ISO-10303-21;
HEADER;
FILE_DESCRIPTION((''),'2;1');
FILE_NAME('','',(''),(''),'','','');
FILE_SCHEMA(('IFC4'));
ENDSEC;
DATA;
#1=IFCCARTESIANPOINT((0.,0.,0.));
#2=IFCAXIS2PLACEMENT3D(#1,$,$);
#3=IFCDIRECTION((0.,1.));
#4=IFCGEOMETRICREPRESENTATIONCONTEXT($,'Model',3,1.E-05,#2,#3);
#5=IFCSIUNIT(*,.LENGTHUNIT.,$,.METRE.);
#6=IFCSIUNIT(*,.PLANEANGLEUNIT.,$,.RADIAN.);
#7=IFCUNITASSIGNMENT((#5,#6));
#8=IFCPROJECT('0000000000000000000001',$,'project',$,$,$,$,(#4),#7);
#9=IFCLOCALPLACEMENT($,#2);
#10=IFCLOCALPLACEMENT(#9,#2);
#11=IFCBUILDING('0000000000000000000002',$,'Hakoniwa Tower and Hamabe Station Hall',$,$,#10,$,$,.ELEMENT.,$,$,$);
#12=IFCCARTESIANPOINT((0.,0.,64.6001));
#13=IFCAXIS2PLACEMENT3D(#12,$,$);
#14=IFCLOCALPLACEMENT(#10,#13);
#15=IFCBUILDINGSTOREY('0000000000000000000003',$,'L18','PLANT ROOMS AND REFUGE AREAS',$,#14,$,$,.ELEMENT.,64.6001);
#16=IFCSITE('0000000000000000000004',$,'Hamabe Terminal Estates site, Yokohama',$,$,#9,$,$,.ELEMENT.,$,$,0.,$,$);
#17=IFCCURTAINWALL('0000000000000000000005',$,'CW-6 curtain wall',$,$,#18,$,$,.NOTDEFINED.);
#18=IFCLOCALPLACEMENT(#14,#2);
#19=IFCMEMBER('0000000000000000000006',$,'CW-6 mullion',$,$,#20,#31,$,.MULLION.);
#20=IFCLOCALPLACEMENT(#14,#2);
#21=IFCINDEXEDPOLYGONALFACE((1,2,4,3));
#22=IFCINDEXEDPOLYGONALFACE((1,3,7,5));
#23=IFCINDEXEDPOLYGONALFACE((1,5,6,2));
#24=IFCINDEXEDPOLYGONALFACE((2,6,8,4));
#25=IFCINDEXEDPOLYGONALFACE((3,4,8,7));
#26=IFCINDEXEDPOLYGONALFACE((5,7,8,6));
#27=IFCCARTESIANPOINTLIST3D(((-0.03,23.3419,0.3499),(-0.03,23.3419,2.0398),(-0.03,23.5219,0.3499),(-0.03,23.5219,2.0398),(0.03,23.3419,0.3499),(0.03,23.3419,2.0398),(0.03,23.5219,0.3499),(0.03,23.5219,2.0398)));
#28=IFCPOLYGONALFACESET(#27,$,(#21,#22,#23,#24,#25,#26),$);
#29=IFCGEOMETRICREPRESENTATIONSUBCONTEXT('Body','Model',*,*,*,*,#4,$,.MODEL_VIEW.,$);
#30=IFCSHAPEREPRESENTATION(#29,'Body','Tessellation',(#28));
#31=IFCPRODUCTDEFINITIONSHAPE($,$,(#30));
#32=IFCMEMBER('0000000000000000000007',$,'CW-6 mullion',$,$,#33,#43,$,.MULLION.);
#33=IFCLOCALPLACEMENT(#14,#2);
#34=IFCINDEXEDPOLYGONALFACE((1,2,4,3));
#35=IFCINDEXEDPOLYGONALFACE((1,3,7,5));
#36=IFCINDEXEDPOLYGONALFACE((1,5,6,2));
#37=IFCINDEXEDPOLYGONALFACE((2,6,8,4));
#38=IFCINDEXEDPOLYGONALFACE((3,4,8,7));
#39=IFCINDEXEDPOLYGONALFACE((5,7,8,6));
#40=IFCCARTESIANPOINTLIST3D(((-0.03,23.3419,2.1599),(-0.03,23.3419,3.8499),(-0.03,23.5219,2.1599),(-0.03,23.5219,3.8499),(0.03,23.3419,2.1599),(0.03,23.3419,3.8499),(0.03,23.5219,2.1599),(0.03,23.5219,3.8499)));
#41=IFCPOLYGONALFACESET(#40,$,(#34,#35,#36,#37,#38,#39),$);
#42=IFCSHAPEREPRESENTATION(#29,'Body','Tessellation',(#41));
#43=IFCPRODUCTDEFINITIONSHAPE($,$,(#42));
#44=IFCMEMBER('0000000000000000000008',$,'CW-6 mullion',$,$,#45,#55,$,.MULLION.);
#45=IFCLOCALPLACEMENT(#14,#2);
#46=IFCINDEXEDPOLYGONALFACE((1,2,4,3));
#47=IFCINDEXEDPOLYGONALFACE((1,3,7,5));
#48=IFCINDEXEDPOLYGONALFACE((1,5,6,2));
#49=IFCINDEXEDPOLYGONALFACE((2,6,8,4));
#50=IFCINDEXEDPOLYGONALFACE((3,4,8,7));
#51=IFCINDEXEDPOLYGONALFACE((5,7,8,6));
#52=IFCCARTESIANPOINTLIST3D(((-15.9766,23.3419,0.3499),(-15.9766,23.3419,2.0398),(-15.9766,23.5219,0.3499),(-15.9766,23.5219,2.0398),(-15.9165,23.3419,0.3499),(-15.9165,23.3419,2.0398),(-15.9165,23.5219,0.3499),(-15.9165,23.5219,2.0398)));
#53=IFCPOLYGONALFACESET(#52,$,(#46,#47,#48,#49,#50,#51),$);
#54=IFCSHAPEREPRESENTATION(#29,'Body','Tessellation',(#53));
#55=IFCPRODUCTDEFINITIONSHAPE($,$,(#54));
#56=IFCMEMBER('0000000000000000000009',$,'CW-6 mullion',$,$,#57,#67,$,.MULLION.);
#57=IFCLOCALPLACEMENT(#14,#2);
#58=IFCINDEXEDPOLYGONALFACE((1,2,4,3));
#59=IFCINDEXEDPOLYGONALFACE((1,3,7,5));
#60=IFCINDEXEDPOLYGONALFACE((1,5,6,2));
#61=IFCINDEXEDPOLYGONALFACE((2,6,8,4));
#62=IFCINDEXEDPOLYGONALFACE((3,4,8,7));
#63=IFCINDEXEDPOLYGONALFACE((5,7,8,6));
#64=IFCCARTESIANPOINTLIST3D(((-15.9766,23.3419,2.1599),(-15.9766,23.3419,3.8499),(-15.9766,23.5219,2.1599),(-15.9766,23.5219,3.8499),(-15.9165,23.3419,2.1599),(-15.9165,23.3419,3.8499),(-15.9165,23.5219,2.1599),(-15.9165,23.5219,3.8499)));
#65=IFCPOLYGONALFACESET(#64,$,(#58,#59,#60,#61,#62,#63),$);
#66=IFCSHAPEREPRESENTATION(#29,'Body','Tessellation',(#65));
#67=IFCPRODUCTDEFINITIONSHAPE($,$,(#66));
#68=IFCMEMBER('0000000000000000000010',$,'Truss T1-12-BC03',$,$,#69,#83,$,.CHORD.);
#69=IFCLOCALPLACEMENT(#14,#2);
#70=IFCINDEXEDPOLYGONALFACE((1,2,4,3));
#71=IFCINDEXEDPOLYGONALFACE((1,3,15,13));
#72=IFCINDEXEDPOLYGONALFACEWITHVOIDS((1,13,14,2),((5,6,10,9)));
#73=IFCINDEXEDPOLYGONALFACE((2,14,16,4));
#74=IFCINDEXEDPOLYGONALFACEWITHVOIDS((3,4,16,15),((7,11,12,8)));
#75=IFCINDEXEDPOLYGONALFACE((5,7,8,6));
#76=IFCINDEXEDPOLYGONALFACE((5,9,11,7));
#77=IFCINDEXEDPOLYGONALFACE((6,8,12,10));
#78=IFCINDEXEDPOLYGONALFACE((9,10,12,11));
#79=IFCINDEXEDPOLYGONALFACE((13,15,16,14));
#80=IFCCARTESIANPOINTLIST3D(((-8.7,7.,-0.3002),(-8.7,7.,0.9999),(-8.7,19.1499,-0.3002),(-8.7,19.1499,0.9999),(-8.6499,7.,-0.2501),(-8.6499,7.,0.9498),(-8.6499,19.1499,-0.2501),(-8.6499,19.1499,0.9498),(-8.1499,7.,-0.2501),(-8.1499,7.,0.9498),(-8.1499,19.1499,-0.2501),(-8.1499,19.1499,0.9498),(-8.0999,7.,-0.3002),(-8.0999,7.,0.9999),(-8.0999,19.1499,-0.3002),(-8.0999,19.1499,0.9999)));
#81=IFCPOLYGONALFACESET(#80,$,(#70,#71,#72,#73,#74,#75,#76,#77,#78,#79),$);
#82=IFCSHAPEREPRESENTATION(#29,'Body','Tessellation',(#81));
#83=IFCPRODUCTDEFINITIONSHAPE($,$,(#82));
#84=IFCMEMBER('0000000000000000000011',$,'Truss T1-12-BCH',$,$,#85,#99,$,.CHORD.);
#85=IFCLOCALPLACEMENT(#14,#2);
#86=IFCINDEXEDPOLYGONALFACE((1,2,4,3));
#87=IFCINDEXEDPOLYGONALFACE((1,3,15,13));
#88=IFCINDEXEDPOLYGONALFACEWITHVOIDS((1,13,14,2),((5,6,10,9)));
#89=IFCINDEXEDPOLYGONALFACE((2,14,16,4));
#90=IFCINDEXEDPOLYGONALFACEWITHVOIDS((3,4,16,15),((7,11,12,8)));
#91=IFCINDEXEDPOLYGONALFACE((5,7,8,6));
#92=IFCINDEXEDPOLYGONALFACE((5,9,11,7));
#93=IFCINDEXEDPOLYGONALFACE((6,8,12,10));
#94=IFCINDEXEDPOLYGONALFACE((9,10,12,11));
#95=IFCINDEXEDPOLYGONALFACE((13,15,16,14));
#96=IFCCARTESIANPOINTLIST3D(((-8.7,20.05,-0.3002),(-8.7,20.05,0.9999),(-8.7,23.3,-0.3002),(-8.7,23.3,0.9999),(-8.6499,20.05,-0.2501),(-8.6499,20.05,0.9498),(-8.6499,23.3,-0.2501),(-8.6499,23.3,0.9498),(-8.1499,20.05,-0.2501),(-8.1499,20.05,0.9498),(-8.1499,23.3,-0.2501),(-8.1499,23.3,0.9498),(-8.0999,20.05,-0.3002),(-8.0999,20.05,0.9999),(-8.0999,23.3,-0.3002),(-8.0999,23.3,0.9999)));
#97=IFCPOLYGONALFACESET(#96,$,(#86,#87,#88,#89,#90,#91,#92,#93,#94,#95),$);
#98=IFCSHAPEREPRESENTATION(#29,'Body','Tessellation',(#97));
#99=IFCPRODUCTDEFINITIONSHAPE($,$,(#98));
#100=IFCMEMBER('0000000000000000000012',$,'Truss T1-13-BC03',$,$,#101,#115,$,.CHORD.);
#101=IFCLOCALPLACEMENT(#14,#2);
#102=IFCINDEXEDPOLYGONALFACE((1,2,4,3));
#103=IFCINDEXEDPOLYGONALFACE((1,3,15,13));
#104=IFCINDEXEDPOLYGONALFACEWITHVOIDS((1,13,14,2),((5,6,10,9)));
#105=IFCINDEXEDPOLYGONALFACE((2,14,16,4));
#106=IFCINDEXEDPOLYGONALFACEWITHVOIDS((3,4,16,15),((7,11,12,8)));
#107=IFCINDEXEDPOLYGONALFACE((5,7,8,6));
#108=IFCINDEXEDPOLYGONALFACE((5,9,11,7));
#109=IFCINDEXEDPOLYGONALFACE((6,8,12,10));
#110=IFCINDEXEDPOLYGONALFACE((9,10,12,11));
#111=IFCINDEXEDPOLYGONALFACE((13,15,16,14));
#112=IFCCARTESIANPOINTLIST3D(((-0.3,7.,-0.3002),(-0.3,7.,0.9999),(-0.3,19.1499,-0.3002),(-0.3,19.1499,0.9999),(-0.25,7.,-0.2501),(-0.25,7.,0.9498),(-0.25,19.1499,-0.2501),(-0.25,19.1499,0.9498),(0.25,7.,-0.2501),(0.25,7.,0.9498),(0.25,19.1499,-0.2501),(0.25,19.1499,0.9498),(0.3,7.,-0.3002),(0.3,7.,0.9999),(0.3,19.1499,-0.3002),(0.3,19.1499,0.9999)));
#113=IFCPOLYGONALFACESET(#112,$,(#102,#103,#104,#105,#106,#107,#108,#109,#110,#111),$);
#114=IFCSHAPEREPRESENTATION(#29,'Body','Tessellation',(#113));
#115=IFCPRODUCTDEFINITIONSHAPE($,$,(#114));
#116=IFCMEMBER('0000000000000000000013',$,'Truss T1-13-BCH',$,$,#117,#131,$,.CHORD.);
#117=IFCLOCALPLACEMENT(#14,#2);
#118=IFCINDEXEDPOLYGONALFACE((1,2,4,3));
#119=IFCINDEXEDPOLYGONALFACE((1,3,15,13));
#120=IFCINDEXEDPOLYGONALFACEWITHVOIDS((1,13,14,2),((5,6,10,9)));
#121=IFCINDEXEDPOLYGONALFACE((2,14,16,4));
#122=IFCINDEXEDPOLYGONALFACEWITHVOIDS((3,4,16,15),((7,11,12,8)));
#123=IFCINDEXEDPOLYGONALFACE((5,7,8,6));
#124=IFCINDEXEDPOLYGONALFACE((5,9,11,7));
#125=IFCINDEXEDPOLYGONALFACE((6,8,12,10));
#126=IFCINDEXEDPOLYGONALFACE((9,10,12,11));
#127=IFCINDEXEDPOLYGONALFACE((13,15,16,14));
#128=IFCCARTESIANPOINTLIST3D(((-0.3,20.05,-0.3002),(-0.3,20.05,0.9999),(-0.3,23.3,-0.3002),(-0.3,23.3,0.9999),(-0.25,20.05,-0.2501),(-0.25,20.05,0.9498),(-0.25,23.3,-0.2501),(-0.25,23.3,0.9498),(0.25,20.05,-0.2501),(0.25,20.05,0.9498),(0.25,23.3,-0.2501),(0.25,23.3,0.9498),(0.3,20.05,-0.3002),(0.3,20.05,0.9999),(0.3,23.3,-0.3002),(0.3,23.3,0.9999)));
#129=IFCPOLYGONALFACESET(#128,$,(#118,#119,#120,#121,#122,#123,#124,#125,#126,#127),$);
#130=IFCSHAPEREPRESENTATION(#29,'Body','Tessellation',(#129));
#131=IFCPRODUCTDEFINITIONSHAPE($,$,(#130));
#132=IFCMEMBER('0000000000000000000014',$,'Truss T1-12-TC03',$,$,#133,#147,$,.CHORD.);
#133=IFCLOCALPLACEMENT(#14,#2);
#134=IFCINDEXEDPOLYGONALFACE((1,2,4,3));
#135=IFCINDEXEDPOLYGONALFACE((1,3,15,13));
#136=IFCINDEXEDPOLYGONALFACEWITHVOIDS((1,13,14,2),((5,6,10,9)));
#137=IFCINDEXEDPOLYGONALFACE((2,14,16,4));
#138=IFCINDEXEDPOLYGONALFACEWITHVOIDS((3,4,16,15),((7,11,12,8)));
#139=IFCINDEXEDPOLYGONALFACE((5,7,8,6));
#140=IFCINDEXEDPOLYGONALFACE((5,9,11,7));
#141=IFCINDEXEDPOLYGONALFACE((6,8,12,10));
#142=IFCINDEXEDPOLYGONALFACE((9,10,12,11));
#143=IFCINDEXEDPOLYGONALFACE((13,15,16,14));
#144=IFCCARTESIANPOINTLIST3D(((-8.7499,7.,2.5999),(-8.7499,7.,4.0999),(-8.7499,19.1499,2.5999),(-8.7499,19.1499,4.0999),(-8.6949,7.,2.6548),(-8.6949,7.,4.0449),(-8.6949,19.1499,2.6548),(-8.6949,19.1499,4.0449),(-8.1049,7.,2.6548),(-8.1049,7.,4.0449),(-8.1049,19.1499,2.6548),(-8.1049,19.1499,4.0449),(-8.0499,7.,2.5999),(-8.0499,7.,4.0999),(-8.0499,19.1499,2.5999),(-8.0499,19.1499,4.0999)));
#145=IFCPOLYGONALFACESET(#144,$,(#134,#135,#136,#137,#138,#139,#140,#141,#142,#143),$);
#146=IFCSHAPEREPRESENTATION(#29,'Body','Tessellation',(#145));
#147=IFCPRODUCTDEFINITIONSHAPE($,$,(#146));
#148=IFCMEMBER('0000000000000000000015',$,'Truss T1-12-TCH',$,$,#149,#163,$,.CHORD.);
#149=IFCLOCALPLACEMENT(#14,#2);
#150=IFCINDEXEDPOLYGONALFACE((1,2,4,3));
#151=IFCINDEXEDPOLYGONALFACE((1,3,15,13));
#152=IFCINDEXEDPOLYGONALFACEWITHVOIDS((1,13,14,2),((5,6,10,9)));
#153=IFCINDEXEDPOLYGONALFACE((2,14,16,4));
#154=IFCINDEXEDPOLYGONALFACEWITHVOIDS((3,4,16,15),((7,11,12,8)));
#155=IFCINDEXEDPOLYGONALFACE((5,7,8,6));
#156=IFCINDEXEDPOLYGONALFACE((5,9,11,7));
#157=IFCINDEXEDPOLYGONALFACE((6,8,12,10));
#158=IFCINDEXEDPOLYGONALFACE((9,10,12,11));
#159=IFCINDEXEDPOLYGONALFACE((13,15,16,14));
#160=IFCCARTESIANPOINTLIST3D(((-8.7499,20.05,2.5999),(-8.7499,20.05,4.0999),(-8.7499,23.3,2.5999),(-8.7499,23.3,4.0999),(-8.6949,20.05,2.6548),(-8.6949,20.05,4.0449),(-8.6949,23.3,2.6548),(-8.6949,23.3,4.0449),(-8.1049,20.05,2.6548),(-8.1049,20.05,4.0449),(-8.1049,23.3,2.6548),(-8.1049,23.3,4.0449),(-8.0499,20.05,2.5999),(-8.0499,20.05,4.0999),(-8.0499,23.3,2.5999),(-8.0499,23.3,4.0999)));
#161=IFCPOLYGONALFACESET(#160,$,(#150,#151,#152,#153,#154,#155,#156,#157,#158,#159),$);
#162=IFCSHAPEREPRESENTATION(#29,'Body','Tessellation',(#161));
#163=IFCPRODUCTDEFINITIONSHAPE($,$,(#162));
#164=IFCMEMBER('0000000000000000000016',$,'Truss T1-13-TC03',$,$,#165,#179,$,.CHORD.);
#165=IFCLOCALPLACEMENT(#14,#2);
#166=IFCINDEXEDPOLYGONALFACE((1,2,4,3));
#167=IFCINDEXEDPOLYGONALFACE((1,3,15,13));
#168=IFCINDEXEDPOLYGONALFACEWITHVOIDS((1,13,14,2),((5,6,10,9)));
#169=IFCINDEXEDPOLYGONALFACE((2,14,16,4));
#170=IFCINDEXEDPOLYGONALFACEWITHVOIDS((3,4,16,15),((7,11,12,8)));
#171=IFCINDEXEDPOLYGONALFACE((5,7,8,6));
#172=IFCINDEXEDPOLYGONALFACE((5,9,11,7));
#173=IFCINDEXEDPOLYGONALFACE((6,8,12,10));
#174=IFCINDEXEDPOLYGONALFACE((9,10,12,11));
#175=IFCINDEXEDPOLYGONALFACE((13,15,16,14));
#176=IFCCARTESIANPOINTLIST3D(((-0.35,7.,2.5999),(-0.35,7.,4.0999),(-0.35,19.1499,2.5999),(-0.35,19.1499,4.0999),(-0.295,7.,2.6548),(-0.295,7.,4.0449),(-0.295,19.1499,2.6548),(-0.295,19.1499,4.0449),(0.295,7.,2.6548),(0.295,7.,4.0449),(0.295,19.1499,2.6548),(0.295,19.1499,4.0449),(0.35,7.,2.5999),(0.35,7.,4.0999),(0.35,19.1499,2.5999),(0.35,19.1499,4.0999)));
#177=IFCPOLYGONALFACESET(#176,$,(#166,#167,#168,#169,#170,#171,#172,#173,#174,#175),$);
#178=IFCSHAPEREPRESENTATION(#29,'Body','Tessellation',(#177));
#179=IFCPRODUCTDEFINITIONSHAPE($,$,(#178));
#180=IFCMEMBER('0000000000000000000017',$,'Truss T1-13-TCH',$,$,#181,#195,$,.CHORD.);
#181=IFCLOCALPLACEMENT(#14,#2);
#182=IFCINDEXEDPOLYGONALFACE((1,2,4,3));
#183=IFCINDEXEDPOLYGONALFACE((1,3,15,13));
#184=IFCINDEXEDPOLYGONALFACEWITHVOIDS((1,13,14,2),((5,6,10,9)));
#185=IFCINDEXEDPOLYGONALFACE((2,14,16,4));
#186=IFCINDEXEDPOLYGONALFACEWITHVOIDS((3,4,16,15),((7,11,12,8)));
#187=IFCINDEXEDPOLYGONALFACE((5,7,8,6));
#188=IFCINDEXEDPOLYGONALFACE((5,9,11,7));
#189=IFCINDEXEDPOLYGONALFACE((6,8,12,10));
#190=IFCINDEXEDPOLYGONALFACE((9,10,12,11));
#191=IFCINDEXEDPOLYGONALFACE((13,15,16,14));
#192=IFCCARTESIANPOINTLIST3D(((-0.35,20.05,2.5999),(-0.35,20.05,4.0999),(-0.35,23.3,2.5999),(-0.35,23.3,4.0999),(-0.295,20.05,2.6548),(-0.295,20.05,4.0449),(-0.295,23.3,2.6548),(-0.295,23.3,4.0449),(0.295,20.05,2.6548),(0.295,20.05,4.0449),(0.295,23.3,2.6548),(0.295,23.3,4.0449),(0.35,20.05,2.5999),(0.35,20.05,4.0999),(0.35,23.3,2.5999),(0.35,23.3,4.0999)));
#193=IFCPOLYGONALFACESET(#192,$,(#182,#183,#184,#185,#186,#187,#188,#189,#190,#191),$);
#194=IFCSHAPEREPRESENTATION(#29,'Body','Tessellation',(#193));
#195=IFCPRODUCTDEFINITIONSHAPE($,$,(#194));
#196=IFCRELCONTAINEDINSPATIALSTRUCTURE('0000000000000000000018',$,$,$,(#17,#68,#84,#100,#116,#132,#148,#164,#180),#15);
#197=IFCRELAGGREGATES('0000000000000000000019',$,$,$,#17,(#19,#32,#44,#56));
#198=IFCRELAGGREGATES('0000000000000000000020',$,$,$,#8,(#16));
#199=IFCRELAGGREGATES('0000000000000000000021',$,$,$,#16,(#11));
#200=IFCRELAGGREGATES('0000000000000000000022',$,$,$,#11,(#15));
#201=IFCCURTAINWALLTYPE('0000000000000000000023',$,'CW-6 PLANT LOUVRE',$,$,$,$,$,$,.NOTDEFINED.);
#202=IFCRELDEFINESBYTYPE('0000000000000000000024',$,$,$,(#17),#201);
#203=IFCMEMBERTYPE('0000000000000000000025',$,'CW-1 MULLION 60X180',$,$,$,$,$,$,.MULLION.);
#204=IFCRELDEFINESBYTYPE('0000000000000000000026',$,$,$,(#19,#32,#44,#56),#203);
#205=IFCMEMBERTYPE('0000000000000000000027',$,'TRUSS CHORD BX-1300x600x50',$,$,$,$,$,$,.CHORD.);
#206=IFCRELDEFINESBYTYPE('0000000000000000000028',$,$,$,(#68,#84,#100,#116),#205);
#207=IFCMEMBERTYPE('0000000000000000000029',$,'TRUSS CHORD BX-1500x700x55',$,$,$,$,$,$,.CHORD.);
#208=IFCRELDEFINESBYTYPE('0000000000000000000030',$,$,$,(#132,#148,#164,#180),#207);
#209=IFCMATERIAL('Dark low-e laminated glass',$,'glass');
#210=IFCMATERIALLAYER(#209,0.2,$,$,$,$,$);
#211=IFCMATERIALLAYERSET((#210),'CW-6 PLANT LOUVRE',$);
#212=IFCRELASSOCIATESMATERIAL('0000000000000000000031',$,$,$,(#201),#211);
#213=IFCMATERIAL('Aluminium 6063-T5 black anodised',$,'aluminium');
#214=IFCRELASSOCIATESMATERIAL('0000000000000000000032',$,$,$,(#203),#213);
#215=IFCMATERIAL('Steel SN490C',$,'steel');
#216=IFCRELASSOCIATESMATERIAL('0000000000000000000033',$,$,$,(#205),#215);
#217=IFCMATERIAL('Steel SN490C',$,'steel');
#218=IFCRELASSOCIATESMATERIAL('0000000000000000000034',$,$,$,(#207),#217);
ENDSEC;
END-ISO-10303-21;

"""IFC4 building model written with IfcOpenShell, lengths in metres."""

from ifc_helpers import new_model, si_unit, direction, frame, origin, origin_2d, place, context, subcontext, project, spatial, rectangle, hollow_rectangle, extrude, material, layer, layer_set, material_profile, profile_set, type_object, element, aggregate, save


model = new_model("IFC4")

# Units and contexts
model_context = context("Model", 3, precision=1e-05, world=origin(), true_north=direction((0.0, 1.0)))
body_context = subcontext(model_context, "Body", "Model", "MODEL_VIEW")
ifc_project = project(units=[si_unit("LENGTHUNIT", "METRE"), si_unit("PLANEANGLEUNIT", "RADIAN")], contexts=[model_context])

# Site, building, storey
site_placement = place(None, origin())
site = spatial("IfcSite", under=ifc_project, at=site_placement, Name="Hamabe Terminal Estates site, Yokohama", CompositionType="ELEMENT", RefElevation=0.0)
building_placement = place(site_placement, origin())
building = spatial("IfcBuilding", under=site, at=building_placement, Name="Hakoniwa Tower and Hamabe Station Hall", CompositionType="ELEMENT")
storey_placement = place(building_placement, frame((0.0, 0.0, 64.6001)))
storey = spatial("IfcBuildingStorey", under=building, at=storey_placement, Name="L18", Description="PLANT ROOMS AND REFUGE AREAS", CompositionType="ELEMENT", Elevation=64.6001)

# Curtain wall, members
ifc_material_1 = material(Name="Dark low-e laminated glass", Category="glass")
ifc_layer_1 = layer(ifc_material_1, 0.2)
ifc_layer_set_1 = layer_set([ifc_layer_1], Name="CW-6 PLANT LOUVRE")
curtain_wall_type = type_object("IfcCurtainWallType", Name="CW-6 PLANT LOUVRE", PredefinedType="NOTDEFINED", material=ifc_layer_set_1)
curtain_wall_placement = place(storey_placement, origin())
curtain_wall = element("IfcCurtainWall", 1, at=curtain_wall_placement, inside=storey, type_object=curtain_wall_type, Name="CW-6 curtain wall", PredefinedType="NOTDEFINED")
ifc_material_2 = material(Name="Aluminium 6063-T5 black anodised", Category="aluminium")
ifc_material_profile_1 = material_profile(ifc_material_2, rectangle(XDim=0.0601, YDim=0.1799, at=origin_2d()), Name="CW-1 MULLION 60X180")
ifc_profile_set_1 = profile_set([ifc_material_profile_1], Name="Aluminium 6063-T5 black anodised")
member_type_1 = type_object("IfcMemberType", Name="CW-1 MULLION 60X180", PredefinedType="MULLION", material=ifc_profile_set_1)
member_1_placement = place(storey_placement, frame((0.0, 23.4319, 0.3499), z_axis=(0.0, 0.0, 1.0), x_axis=(-1.0, 0.0, 0.0)))
member_1 = element("IfcMember", 2, at=member_1_placement, type_object=member_type_1, Name="CW-6 mullion", PredefinedType="MULLION", context=body_context, shape_type="SweptSolid", body=[
    extrude(rectangle(XDim=0.0601, YDim=0.1799, at=origin_2d()), origin(), (0.0, 0.0, 1.0), 1.6899),
])
member_2_placement = place(storey_placement, frame((0.0, 23.4319, 2.1599), z_axis=(0.0, 0.0, 1.0), x_axis=(-1.0, 0.0, 0.0)))
member_2 = element("IfcMember", 3, at=member_2_placement, type_object=member_type_1, Name="CW-6 mullion", PredefinedType="MULLION", context=body_context, shape_type="SweptSolid", body=[
    extrude(rectangle(XDim=0.0601, YDim=0.1799, at=origin_2d()), origin(), (0.0, 0.0, 1.0), 1.6899),
])
member_3_placement = place(storey_placement, frame((-15.9465, 23.4319, 0.3499), z_axis=(0.0, 0.0, 1.0), x_axis=(-1.0, 0.0, 0.0)))
member_3 = element("IfcMember", 4, at=member_3_placement, type_object=member_type_1, Name="CW-6 mullion", PredefinedType="MULLION", context=body_context, shape_type="SweptSolid", body=[
    extrude(rectangle(XDim=0.0601, YDim=0.1799, at=origin_2d()), origin(), (0.0, 0.0, 1.0), 1.6899),
])
member_4_placement = place(storey_placement, frame((-15.9465, 23.4319, 2.1599), z_axis=(0.0, 0.0, 1.0), x_axis=(-1.0, 0.0, 0.0)))
member_4 = element("IfcMember", 5, at=member_4_placement, type_object=member_type_1, Name="CW-6 mullion", PredefinedType="MULLION", context=body_context, shape_type="SweptSolid", body=[
    extrude(rectangle(XDim=0.0601, YDim=0.1799, at=origin_2d()), origin(), (0.0, 0.0, 1.0), 1.6899),
])

# Members
ifc_material_3 = material(Name="Steel SN490C", Category="steel")
ifc_material_profile_2 = material_profile(ifc_material_3, hollow_rectangle(XDim=0.6001, YDim=1.3, WallThickness=0.05, at=origin_2d()), Name="BX-1300x600x50")
ifc_profile_set_2 = profile_set([ifc_material_profile_2], Name="Steel SN490C")
member_type_2 = type_object("IfcMemberType", Name="TRUSS CHORD BX-1300x600x50", PredefinedType="CHORD", material=ifc_profile_set_2)
member_5_placement = place(storey_placement, frame((-8.3999, 7.0, 0.3499), z_axis=(0.0, 1.0, 0.0), x_axis=(-1.0, 0.0, 0.0)))
element("IfcMember", 6, at=member_5_placement, inside=storey, type_object=member_type_2, Name="Truss T1-12-BC03", PredefinedType="CHORD", context=body_context, shape_type="SweptSolid", body=[
    extrude(hollow_rectangle(XDim=0.6001, YDim=1.3, WallThickness=0.05, at=origin_2d()), origin(), (0.0, 0.0, 1.0), 12.1499),
])
member_6_placement = place(storey_placement, frame((-8.3999, 20.05, 0.3499), z_axis=(0.0, 1.0, 0.0), x_axis=(-1.0, 0.0, 0.0)))
element("IfcMember", 7, at=member_6_placement, inside=storey, type_object=member_type_2, Name="Truss T1-12-BCH", PredefinedType="CHORD", context=body_context, shape_type="SweptSolid", body=[
    extrude(hollow_rectangle(XDim=0.6001, YDim=1.3, WallThickness=0.05, at=origin_2d()), origin(), (0.0, 0.0, 1.0), 3.25),
])
member_7_placement = place(storey_placement, frame((0.0, 7.0, 0.3499), z_axis=(0.0, 1.0, 0.0), x_axis=(-1.0, 0.0, 0.0)))
element("IfcMember", 8, at=member_7_placement, inside=storey, type_object=member_type_2, Name="Truss T1-13-BC03", PredefinedType="CHORD", context=body_context, shape_type="SweptSolid", body=[
    extrude(hollow_rectangle(XDim=0.6001, YDim=1.3, WallThickness=0.05, at=origin_2d()), origin(), (0.0, 0.0, 1.0), 12.1499),
])
member_8_placement = place(storey_placement, frame((0.0, 20.05, 0.3499), z_axis=(0.0, 1.0, 0.0), x_axis=(-1.0, 0.0, 0.0)))
element("IfcMember", 9, at=member_8_placement, inside=storey, type_object=member_type_2, Name="Truss T1-13-BCH", PredefinedType="CHORD", context=body_context, shape_type="SweptSolid", body=[
    extrude(hollow_rectangle(XDim=0.6001, YDim=1.3, WallThickness=0.05, at=origin_2d()), origin(), (0.0, 0.0, 1.0), 3.25),
])
ifc_material_4 = material(Name="Steel SN490C", Category="steel")
ifc_material_profile_3 = material_profile(ifc_material_4, hollow_rectangle(XDim=0.7, YDim=1.5, WallThickness=0.0549, at=origin_2d()), Name="BX-1500x700x55")
ifc_profile_set_3 = profile_set([ifc_material_profile_3], Name="Steel SN490C")
member_type_3 = type_object("IfcMemberType", Name="TRUSS CHORD BX-1500x700x55", PredefinedType="CHORD", material=ifc_profile_set_3)
member_9_placement = place(storey_placement, frame((-8.3999, 7.0, 3.3499), z_axis=(0.0, 1.0, 0.0), x_axis=(-1.0, 0.0, 0.0)))
element("IfcMember", 10, at=member_9_placement, inside=storey, type_object=member_type_3, Name="Truss T1-12-TC03", PredefinedType="CHORD", context=body_context, shape_type="SweptSolid", body=[
    extrude(hollow_rectangle(XDim=0.7, YDim=1.5, WallThickness=0.0549, at=origin_2d()), origin(), (0.0, 0.0, 1.0), 12.1499),
])
member_10_placement = place(storey_placement, frame((-8.3999, 20.05, 3.3499), z_axis=(0.0, 1.0, 0.0), x_axis=(-1.0, 0.0, 0.0)))
element("IfcMember", 11, at=member_10_placement, inside=storey, type_object=member_type_3, Name="Truss T1-12-TCH", PredefinedType="CHORD", context=body_context, shape_type="SweptSolid", body=[
    extrude(hollow_rectangle(XDim=0.7, YDim=1.5, WallThickness=0.0549, at=origin_2d()), origin(), (0.0, 0.0, 1.0), 3.25),
])
member_11_placement = place(storey_placement, frame((0.0, 7.0, 3.3499), z_axis=(0.0, 1.0, 0.0), x_axis=(-1.0, 0.0, 0.0)))
element("IfcMember", 12, at=member_11_placement, inside=storey, type_object=member_type_3, Name="Truss T1-13-TC03", PredefinedType="CHORD", context=body_context, shape_type="SweptSolid", body=[
    extrude(hollow_rectangle(XDim=0.7, YDim=1.5, WallThickness=0.0549, at=origin_2d()), origin(), (0.0, 0.0, 1.0), 12.1499),
])
member_12_placement = place(storey_placement, frame((0.0, 20.05, 3.3499), z_axis=(0.0, 1.0, 0.0), x_axis=(-1.0, 0.0, 0.0)))
element("IfcMember", 13, at=member_12_placement, inside=storey, type_object=member_type_3, Name="Truss T1-13-TCH", PredefinedType="CHORD", context=body_context, shape_type="SweptSolid", body=[
    extrude(hollow_rectangle(XDim=0.7, YDim=1.5, WallThickness=0.0549, at=origin_2d()), origin(), (0.0, 0.0, 1.0), 3.25),
])

aggregate(curtain_wall, [member_1, member_2, member_3, member_4])

save(model, "model.ifc")
